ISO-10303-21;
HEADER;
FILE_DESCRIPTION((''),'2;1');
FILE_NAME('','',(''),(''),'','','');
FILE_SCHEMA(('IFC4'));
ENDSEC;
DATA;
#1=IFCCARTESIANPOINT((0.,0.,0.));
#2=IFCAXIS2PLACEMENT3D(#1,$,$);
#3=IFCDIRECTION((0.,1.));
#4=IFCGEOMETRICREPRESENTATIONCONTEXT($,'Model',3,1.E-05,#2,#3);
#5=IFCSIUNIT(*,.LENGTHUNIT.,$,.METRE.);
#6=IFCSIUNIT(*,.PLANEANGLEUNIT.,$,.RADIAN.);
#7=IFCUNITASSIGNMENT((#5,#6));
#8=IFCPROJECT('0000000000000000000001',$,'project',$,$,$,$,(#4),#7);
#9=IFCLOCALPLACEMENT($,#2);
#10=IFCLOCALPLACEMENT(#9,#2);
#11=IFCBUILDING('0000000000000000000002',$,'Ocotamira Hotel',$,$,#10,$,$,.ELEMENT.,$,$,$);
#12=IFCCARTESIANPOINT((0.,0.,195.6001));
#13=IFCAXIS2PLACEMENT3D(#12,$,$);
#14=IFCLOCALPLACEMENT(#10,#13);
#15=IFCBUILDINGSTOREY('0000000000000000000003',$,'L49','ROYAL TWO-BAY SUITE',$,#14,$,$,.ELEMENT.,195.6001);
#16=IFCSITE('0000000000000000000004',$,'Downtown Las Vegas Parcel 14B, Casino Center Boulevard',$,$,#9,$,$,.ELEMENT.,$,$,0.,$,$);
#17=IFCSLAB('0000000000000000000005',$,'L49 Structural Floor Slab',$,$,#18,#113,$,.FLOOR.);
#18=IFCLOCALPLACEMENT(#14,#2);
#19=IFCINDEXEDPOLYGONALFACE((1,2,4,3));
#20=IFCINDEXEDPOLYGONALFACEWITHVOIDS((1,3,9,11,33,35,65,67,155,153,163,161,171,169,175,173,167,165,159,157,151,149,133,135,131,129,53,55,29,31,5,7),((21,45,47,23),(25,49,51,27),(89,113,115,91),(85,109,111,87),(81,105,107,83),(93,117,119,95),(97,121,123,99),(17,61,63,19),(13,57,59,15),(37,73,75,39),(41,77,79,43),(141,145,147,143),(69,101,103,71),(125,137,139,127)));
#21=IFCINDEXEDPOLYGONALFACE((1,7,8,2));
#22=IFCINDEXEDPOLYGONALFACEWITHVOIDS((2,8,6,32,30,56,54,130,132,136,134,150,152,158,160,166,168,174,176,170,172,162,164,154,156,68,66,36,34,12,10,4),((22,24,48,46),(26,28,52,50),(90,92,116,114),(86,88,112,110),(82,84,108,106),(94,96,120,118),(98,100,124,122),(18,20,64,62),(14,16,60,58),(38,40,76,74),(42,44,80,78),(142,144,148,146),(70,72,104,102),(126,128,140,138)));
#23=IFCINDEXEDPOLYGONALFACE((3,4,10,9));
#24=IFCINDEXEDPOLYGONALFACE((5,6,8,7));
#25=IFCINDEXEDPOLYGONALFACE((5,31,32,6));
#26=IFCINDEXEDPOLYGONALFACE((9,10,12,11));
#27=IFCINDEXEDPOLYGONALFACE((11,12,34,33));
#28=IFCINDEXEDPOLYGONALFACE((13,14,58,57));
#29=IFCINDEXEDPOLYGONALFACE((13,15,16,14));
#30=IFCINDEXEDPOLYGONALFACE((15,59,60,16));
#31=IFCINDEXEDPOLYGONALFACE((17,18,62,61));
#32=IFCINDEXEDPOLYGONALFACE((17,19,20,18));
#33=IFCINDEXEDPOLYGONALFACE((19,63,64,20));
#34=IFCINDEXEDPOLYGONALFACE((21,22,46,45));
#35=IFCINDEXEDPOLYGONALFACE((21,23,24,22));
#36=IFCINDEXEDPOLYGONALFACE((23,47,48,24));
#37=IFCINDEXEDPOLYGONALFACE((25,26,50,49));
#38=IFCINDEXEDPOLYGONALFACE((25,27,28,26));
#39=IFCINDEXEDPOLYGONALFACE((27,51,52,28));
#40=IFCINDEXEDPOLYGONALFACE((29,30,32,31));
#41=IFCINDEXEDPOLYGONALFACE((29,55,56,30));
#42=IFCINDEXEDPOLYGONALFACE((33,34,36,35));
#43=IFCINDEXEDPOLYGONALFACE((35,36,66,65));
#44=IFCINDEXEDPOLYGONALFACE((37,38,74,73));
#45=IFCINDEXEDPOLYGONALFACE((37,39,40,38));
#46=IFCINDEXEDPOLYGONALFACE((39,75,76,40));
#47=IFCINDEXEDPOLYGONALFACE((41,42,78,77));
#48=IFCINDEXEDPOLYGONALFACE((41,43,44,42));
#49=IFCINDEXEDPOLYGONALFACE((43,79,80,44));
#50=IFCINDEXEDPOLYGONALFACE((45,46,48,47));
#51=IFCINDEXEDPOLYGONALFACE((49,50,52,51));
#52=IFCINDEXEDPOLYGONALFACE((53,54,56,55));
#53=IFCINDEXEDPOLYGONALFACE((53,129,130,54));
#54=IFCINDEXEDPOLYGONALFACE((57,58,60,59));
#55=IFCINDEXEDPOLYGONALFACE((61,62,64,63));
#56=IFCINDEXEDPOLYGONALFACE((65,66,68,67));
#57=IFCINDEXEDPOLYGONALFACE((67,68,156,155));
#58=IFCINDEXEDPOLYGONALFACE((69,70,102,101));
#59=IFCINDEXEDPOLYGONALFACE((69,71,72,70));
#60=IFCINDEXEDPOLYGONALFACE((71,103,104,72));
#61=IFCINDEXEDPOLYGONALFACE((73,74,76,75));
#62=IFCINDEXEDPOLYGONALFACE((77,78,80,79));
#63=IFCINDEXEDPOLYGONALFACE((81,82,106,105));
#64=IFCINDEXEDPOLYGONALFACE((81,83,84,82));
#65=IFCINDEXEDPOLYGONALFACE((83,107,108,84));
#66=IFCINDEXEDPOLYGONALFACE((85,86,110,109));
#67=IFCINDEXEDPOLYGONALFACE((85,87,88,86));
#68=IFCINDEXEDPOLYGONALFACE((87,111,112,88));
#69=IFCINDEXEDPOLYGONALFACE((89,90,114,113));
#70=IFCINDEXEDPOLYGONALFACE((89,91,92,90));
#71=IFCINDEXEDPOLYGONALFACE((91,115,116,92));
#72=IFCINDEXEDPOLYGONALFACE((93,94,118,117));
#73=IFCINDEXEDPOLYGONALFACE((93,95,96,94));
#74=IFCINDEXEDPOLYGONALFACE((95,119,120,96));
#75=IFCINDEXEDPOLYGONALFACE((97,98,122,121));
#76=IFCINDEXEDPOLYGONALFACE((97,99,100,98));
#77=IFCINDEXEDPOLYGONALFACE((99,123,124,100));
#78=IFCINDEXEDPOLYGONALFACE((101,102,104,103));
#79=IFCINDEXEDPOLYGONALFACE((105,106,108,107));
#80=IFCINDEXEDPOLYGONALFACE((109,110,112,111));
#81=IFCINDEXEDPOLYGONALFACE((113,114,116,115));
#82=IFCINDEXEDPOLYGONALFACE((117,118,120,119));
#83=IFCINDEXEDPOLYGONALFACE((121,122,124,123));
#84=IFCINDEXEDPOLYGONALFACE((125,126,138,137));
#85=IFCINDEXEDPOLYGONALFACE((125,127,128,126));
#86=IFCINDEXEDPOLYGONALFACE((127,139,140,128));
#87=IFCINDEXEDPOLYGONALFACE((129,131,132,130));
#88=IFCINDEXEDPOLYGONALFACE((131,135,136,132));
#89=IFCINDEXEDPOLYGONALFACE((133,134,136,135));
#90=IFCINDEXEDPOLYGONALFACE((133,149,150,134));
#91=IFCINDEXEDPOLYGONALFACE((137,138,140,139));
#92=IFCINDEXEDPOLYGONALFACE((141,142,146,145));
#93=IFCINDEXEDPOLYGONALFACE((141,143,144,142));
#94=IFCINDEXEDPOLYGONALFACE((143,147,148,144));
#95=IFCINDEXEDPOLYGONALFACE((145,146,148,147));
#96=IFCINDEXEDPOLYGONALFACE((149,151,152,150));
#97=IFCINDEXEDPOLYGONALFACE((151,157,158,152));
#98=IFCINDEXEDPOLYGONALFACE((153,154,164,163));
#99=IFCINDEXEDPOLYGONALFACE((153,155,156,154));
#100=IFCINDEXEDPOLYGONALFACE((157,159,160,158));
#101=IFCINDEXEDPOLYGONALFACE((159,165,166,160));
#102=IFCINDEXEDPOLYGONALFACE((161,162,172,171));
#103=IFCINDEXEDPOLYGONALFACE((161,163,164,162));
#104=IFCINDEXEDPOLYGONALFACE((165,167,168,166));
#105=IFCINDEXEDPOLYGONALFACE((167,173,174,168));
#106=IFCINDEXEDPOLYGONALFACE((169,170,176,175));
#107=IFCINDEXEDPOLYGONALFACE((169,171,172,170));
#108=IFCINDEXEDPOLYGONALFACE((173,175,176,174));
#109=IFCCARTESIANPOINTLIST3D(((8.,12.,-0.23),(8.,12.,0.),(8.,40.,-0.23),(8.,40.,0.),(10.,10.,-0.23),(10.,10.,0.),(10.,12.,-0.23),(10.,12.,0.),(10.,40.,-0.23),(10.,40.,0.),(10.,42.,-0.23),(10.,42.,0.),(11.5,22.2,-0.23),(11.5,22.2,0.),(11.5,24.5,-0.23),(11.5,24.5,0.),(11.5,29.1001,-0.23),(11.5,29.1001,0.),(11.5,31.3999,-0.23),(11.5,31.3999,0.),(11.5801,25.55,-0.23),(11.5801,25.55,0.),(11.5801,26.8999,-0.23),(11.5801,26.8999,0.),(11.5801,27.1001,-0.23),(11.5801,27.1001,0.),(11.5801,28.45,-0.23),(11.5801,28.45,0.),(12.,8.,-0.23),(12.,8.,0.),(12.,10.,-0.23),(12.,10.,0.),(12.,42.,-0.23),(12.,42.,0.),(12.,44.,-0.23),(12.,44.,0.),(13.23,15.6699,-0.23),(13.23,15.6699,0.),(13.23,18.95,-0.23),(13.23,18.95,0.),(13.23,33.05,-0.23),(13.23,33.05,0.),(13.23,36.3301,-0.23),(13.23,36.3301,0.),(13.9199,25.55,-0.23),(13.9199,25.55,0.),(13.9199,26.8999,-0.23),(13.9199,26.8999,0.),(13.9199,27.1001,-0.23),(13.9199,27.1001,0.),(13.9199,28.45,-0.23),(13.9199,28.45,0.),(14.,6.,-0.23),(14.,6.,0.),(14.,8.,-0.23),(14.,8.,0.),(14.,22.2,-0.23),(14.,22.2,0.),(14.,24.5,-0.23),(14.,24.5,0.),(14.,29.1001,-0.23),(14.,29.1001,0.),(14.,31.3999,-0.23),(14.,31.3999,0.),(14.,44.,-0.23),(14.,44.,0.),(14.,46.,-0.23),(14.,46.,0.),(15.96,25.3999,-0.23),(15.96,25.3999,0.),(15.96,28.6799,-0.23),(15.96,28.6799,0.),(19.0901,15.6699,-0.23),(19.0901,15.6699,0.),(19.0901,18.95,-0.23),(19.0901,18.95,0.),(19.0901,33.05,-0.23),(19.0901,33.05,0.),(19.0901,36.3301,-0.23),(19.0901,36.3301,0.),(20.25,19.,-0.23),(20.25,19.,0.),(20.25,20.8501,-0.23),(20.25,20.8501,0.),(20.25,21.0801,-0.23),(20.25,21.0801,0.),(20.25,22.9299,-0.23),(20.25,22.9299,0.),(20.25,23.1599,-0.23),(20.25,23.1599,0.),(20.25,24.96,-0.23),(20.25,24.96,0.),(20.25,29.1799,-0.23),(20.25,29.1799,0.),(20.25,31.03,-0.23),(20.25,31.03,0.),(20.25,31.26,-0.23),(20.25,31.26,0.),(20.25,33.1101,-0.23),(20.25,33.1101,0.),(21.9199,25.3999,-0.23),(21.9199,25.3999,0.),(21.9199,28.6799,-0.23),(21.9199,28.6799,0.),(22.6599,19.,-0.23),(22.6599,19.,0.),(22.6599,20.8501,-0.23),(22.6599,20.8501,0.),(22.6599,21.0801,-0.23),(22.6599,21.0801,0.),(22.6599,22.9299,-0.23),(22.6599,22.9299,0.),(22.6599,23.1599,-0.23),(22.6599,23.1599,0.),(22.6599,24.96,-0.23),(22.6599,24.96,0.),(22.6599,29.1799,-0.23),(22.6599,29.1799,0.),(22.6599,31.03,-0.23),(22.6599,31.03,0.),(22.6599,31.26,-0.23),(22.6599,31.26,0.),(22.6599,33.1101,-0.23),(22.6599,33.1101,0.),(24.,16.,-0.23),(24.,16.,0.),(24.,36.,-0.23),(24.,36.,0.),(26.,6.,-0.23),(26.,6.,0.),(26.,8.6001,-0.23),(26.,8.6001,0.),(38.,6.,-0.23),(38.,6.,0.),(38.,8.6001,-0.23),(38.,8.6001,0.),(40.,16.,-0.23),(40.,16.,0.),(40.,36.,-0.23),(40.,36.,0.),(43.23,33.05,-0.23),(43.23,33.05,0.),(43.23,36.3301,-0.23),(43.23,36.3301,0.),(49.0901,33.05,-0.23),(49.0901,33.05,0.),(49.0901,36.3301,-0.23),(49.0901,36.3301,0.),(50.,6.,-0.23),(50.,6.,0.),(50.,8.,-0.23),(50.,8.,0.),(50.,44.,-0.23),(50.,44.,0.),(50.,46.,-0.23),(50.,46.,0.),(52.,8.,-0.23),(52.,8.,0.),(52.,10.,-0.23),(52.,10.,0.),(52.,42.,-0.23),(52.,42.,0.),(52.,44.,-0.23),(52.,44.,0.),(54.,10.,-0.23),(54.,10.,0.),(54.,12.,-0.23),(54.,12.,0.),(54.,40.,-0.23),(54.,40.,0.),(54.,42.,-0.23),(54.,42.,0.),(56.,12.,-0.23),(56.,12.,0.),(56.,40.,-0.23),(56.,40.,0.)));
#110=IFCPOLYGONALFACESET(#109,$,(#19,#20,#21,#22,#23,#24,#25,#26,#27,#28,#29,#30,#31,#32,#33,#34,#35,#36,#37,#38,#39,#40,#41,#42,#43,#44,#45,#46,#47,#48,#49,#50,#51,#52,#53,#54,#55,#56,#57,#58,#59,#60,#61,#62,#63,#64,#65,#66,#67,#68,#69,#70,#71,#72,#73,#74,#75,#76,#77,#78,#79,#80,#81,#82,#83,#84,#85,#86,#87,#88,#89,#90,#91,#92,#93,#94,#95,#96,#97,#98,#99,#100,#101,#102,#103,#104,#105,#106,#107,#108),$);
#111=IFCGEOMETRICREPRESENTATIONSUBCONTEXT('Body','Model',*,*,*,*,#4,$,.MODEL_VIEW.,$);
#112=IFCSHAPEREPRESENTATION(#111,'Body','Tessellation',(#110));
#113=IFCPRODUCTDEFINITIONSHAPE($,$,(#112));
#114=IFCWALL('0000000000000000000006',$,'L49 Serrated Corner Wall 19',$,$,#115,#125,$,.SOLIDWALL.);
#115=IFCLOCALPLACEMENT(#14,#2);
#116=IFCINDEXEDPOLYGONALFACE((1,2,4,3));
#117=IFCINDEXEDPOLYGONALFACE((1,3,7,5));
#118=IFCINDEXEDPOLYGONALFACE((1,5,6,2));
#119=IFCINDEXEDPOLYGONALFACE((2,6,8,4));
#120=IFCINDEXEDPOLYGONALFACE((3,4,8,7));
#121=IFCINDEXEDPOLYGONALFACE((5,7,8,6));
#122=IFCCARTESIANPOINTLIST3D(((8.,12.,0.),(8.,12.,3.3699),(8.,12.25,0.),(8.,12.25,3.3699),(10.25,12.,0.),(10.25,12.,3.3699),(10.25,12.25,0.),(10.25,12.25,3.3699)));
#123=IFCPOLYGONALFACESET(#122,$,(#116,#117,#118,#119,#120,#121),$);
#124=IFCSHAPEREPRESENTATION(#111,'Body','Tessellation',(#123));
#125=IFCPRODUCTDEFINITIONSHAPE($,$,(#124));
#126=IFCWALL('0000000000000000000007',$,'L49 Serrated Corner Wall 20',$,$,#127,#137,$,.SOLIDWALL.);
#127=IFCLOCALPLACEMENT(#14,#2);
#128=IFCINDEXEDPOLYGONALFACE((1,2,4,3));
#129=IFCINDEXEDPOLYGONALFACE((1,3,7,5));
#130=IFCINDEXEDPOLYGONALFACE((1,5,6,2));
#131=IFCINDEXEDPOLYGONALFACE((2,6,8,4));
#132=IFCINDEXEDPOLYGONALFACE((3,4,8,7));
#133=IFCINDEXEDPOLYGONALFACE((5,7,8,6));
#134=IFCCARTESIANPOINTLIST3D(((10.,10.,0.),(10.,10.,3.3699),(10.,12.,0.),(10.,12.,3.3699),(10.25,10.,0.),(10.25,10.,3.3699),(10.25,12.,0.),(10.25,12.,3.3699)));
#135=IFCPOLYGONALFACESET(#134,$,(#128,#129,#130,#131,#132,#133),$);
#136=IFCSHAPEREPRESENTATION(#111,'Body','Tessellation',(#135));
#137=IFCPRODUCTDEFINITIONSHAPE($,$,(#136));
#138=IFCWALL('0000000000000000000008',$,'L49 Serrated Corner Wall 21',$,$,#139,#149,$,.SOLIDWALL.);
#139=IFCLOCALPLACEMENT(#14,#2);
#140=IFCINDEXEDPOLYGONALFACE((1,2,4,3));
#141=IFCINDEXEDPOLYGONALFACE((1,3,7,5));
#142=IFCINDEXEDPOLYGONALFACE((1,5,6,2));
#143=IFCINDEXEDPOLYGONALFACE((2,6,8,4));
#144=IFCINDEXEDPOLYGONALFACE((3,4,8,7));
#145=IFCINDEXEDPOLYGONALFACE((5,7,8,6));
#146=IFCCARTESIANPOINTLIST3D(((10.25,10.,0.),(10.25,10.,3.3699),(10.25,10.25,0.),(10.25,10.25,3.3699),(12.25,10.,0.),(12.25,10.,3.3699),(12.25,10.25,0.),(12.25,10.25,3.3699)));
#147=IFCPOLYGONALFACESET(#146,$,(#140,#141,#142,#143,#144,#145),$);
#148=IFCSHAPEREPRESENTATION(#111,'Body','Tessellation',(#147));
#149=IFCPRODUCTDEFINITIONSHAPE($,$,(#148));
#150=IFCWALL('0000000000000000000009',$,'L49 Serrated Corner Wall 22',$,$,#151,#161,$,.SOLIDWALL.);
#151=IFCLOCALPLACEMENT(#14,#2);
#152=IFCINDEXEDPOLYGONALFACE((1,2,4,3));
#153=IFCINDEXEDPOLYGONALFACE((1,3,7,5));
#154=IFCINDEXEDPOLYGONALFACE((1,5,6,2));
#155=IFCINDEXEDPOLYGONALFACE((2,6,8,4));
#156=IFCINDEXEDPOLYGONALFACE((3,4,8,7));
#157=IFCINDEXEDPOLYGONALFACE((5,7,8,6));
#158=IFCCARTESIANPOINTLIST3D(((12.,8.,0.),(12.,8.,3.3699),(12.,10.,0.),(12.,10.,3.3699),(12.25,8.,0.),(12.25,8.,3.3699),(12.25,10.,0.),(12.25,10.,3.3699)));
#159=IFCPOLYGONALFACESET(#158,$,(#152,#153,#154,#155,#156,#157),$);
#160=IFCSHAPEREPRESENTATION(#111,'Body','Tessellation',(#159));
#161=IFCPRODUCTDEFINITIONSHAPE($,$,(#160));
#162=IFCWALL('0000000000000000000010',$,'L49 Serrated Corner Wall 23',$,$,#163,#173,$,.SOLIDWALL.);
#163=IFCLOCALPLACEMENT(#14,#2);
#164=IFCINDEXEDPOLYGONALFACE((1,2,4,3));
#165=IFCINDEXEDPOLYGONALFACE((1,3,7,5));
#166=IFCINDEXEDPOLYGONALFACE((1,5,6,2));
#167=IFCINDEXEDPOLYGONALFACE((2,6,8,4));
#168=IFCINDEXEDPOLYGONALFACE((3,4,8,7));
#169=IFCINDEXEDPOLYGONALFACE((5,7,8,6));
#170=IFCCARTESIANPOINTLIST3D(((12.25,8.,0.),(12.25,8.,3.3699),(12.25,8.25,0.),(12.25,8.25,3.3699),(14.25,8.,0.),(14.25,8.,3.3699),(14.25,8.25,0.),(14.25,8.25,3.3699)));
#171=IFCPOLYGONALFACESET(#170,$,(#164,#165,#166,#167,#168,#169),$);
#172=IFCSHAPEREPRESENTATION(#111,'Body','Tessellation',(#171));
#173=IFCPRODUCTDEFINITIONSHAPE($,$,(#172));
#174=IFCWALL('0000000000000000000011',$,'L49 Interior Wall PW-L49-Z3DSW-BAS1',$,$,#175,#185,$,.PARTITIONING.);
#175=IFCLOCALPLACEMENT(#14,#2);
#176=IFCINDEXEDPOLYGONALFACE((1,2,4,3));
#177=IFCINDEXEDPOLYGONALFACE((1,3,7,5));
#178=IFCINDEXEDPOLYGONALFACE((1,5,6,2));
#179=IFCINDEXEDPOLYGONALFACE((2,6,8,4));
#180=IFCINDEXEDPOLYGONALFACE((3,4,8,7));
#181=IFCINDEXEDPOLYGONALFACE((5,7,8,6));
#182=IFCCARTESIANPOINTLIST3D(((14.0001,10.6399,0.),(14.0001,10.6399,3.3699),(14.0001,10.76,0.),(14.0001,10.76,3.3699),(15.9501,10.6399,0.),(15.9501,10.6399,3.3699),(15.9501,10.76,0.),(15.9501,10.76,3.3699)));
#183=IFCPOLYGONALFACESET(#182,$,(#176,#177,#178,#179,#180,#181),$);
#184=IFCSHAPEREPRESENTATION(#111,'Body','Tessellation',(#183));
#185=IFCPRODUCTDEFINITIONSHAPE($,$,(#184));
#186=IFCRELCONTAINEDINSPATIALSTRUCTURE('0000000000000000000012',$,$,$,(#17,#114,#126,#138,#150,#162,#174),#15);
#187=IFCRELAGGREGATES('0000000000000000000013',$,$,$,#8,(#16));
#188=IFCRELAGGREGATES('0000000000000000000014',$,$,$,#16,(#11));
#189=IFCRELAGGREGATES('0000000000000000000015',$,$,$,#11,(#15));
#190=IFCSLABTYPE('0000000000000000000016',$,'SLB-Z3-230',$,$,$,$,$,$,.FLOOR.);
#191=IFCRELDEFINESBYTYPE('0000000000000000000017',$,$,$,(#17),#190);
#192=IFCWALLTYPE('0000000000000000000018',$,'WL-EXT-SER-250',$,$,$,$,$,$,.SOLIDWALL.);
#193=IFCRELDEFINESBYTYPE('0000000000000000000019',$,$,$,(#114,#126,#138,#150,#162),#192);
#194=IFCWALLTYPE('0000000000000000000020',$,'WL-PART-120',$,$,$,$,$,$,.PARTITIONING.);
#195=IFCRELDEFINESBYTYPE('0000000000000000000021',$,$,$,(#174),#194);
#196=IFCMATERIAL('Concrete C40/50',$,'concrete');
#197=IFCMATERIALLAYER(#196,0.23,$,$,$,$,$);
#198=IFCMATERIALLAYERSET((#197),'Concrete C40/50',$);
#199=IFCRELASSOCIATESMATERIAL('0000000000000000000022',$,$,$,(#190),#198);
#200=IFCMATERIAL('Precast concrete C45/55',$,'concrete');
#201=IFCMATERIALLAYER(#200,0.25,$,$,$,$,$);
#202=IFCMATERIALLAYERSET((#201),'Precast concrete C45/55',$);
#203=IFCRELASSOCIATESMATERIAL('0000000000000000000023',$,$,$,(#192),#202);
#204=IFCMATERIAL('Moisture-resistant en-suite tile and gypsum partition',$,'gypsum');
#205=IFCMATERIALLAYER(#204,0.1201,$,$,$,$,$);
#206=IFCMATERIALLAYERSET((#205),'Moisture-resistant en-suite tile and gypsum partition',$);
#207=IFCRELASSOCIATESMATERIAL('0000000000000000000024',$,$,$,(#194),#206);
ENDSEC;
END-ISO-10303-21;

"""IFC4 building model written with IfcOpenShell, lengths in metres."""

from ifc_helpers import new_model, si_unit, direction, frame, frame_2d, origin, place, context, subcontext, project, spatial, polyline, rectangle, outline, extrude, material, layer, layer_set, type_object, element, save


model = new_model("IFC4")

# Units and contexts
model_context = context("Model", 3, precision=1e-05, world=origin(), true_north=direction((0.0, 1.0)))
body_context = subcontext(model_context, "Body", "Model", "MODEL_VIEW")
ifc_project = project(units=[si_unit("LENGTHUNIT", "METRE"), si_unit("PLANEANGLEUNIT", "RADIAN")], contexts=[model_context])

# Site, building, storey
site_placement = place(None, origin())
site = spatial("IfcSite", under=ifc_project, at=site_placement, Name="Downtown Las Vegas Parcel 14B, Casino Center Boulevard", CompositionType="ELEMENT", RefElevation=0.0)
building_placement = place(site_placement, origin())
building = spatial("IfcBuilding", under=site, at=building_placement, Name="Ocotamira Hotel", CompositionType="ELEMENT")
storey_placement = place(building_placement, frame((0.0, 0.0, 195.6001)))
storey = spatial("IfcBuildingStorey", under=building, at=storey_placement, Name="L49", Description="ROYAL TWO-BAY SUITE", CompositionType="ELEMENT", Elevation=195.6001)

# Shared definitions
ifc_material_1 = material(Name="Concrete C40/50", Category="concrete")

# Slab
ifc_layer_1 = layer(ifc_material_1, 0.23)
ifc_layer_set_1 = layer_set([ifc_layer_1], Name="Concrete C40/50")
slab_type_1 = type_object("IfcSlabType", Name="SLB-Z3-230", PredefinedType="FLOOR", material=ifc_layer_set_1)
slab_1_placement = place(storey_placement, frame((0.0, 0.0, -0.23)))
element("IfcSlab", 1, at=slab_1_placement, inside=storey, type_object=slab_type_1, Name="L49 Structural Floor Slab", PredefinedType="FLOOR", context=body_context, shape_type="SweptSolid", body=[
    extrude(outline(polyline([(14.0, 6.0), (14.0, 8.0), (12.0, 8.0), (12.0, 10.0), (10.0, 10.0), (10.0, 12.0), (8.0, 12.0), (8.0, 40.0), (10.0, 40.0), (10.0, 42.0), (12.0, 42.0), (12.0, 44.0), (14.0, 44.0), (14.0, 46.0), (50.0, 46.0), (50.0, 44.0), (52.0, 44.0), (52.0, 42.0), (54.0, 42.0), (54.0, 40.0), (56.0, 40.0), (56.0, 12.0), (54.0, 12.0), (54.0, 10.0), (52.0, 10.0), (52.0, 8.0), (50.0, 8.0), (50.0, 6.0), (38.0, 6.0), (38.0, 8.6001), (26.0, 8.6001), (26.0, 6.0), (14.0, 6.0)]), holes=[polyline([(24.0, 16.0), (40.0, 16.0), (40.0, 36.0), (24.0, 36.0), (24.0, 16.0)]), polyline([(13.23, 15.6699), (19.0901, 15.6699), (19.0901, 18.95), (13.23, 18.95), (13.23, 15.6699)]), polyline([(13.23, 33.05), (19.0901, 33.05), (19.0901, 36.3301), (13.23, 36.3301), (13.23, 33.05)]), polyline([(15.96, 25.3999), (21.9199, 25.3999), (21.9199, 28.6799), (15.96, 28.6799), (15.96, 25.3999)]), polyline([(43.23, 33.05), (49.0901, 33.05), (49.0901, 36.3301), (43.23, 36.3301), (43.23, 33.05)]), polyline([(20.25, 19.0), (22.6599, 19.0), (22.6599, 20.8501), (20.25, 20.8501), (20.25, 19.0)]), polyline([(20.25, 21.0801), (22.6599, 21.0801), (22.6599, 22.9299), (20.25, 22.9299), (20.25, 21.0801)]), polyline([(20.25, 23.1599), (22.6599, 23.1599), (22.6599, 24.96), (20.25, 24.96), (20.25, 23.1599)]), polyline([(20.25, 29.1799), (22.6599, 29.1799), (22.6599, 31.03), (20.25, 31.03), (20.25, 29.1799)]), polyline([(20.25, 31.26), (22.6599, 31.26), (22.6599, 33.1101), (20.25, 33.1101), (20.25, 31.26)]), polyline([(11.5, 22.2), (14.0, 22.2), (14.0, 24.5), (11.5, 24.5), (11.5, 22.2)]), polyline([(11.5, 29.1001), (14.0, 29.1001), (14.0, 31.3999), (11.5, 31.3999), (11.5, 29.1001)]), polyline([(11.5801, 25.55), (13.9199, 25.55), (13.9199, 26.8999), (11.5801, 26.8999), (11.5801, 25.55)]), polyline([(11.5801, 27.1001), (13.9199, 27.1001), (13.9199, 28.45), (11.5801, 28.45), (11.5801, 27.1001)])]), origin(), (0.0, 0.0, 1.0), 0.23),
])

# Walls
ifc_material_2 = material(Name="Precast concrete C45/55", Category="concrete")
ifc_layer_2 = layer(ifc_material_2, 0.25)
ifc_layer_set_2 = layer_set([ifc_layer_2], Name="Precast concrete C45/55")
wall_type_1 = type_object("IfcWallType", Name="WL-EXT-SER-250", PredefinedType="SOLIDWALL", material=ifc_layer_set_2)
wall_1_placement = place(storey_placement, frame((8.0, 12.125, 0.0), z_axis=(0.0, 0.0, 1.0), x_axis=(1.0, 0.0, 0.0)))
element("IfcWall", 2, at=wall_1_placement, inside=storey, type_object=wall_type_1, Name="L49 Serrated Corner Wall 19", PredefinedType="SOLIDWALL", context=body_context, shape_type="SweptSolid", body=[
    extrude(rectangle(XDim=2.25, YDim=0.25, at=frame_2d((1.125, 0.0))), origin(), (0.0, 0.0, 1.0), 3.3699),
])
for number, where, z_axis, x_axis, name in (
    (3, (10.125, 12.0, 0.0), (0.0, 0.0, 1.0), (0.0, -1.0, 0.0), "L49 Serrated Corner Wall 20"),
    (4, (10.25, 10.125, 0.0), (0.0, 0.0, 1.0), (1.0, 0.0, 0.0), "L49 Serrated Corner Wall 21"),
    (5, (12.125, 10.0, 0.0), (0.0, 0.0, 1.0), (0.0, -1.0, 0.0), "L49 Serrated Corner Wall 22"),
    (6, (12.25, 8.125, 0.0), (0.0, 0.0, 1.0), (1.0, 0.0, 0.0), "L49 Serrated Corner Wall 23"),
):
    element("IfcWall", number, at=place(storey_placement, frame(where, z_axis=z_axis, x_axis=x_axis)), inside=storey, type_object=wall_type_1, Name=name, PredefinedType="SOLIDWALL", context=body_context, shape_type="SweptSolid", body=[
        extrude(rectangle(XDim=2.0, YDim=0.25, at=frame_2d((1.0, 0.0))), origin(), (0.0, 0.0, 1.0), 3.3699),
    ])

# Wall
ifc_material_3 = material(Name="Moisture-resistant en-suite tile and gypsum partition", Category="gypsum")
ifc_layer_3 = layer(ifc_material_3, 0.1201)
ifc_layer_set_3 = layer_set([ifc_layer_3], Name="Moisture-resistant en-suite tile and gypsum partition")
wall_type_2 = type_object("IfcWallType", Name="WL-PART-120", PredefinedType="PARTITIONING", material=ifc_layer_set_3)
wall_2_placement = place(storey_placement, frame((14.0, 10.7, 0.0), z_axis=(0.0, 0.0, 1.0), x_axis=(1.0, 0.0, 0.0)))
element("IfcWall", 7, at=wall_2_placement, inside=storey, type_object=wall_type_2, Name="L49 Interior Wall PW-L49-Z3DSW-BAS1", PredefinedType="PARTITIONING", context=body_context, shape_type="SweptSolid", body=[
    extrude(rectangle(XDim=1.95, YDim=0.1201, at=frame_2d((0.9751, 0.0))), origin(), (0.0, 0.0, 1.0), 3.3699),
])

save(model, "model.ifc")
